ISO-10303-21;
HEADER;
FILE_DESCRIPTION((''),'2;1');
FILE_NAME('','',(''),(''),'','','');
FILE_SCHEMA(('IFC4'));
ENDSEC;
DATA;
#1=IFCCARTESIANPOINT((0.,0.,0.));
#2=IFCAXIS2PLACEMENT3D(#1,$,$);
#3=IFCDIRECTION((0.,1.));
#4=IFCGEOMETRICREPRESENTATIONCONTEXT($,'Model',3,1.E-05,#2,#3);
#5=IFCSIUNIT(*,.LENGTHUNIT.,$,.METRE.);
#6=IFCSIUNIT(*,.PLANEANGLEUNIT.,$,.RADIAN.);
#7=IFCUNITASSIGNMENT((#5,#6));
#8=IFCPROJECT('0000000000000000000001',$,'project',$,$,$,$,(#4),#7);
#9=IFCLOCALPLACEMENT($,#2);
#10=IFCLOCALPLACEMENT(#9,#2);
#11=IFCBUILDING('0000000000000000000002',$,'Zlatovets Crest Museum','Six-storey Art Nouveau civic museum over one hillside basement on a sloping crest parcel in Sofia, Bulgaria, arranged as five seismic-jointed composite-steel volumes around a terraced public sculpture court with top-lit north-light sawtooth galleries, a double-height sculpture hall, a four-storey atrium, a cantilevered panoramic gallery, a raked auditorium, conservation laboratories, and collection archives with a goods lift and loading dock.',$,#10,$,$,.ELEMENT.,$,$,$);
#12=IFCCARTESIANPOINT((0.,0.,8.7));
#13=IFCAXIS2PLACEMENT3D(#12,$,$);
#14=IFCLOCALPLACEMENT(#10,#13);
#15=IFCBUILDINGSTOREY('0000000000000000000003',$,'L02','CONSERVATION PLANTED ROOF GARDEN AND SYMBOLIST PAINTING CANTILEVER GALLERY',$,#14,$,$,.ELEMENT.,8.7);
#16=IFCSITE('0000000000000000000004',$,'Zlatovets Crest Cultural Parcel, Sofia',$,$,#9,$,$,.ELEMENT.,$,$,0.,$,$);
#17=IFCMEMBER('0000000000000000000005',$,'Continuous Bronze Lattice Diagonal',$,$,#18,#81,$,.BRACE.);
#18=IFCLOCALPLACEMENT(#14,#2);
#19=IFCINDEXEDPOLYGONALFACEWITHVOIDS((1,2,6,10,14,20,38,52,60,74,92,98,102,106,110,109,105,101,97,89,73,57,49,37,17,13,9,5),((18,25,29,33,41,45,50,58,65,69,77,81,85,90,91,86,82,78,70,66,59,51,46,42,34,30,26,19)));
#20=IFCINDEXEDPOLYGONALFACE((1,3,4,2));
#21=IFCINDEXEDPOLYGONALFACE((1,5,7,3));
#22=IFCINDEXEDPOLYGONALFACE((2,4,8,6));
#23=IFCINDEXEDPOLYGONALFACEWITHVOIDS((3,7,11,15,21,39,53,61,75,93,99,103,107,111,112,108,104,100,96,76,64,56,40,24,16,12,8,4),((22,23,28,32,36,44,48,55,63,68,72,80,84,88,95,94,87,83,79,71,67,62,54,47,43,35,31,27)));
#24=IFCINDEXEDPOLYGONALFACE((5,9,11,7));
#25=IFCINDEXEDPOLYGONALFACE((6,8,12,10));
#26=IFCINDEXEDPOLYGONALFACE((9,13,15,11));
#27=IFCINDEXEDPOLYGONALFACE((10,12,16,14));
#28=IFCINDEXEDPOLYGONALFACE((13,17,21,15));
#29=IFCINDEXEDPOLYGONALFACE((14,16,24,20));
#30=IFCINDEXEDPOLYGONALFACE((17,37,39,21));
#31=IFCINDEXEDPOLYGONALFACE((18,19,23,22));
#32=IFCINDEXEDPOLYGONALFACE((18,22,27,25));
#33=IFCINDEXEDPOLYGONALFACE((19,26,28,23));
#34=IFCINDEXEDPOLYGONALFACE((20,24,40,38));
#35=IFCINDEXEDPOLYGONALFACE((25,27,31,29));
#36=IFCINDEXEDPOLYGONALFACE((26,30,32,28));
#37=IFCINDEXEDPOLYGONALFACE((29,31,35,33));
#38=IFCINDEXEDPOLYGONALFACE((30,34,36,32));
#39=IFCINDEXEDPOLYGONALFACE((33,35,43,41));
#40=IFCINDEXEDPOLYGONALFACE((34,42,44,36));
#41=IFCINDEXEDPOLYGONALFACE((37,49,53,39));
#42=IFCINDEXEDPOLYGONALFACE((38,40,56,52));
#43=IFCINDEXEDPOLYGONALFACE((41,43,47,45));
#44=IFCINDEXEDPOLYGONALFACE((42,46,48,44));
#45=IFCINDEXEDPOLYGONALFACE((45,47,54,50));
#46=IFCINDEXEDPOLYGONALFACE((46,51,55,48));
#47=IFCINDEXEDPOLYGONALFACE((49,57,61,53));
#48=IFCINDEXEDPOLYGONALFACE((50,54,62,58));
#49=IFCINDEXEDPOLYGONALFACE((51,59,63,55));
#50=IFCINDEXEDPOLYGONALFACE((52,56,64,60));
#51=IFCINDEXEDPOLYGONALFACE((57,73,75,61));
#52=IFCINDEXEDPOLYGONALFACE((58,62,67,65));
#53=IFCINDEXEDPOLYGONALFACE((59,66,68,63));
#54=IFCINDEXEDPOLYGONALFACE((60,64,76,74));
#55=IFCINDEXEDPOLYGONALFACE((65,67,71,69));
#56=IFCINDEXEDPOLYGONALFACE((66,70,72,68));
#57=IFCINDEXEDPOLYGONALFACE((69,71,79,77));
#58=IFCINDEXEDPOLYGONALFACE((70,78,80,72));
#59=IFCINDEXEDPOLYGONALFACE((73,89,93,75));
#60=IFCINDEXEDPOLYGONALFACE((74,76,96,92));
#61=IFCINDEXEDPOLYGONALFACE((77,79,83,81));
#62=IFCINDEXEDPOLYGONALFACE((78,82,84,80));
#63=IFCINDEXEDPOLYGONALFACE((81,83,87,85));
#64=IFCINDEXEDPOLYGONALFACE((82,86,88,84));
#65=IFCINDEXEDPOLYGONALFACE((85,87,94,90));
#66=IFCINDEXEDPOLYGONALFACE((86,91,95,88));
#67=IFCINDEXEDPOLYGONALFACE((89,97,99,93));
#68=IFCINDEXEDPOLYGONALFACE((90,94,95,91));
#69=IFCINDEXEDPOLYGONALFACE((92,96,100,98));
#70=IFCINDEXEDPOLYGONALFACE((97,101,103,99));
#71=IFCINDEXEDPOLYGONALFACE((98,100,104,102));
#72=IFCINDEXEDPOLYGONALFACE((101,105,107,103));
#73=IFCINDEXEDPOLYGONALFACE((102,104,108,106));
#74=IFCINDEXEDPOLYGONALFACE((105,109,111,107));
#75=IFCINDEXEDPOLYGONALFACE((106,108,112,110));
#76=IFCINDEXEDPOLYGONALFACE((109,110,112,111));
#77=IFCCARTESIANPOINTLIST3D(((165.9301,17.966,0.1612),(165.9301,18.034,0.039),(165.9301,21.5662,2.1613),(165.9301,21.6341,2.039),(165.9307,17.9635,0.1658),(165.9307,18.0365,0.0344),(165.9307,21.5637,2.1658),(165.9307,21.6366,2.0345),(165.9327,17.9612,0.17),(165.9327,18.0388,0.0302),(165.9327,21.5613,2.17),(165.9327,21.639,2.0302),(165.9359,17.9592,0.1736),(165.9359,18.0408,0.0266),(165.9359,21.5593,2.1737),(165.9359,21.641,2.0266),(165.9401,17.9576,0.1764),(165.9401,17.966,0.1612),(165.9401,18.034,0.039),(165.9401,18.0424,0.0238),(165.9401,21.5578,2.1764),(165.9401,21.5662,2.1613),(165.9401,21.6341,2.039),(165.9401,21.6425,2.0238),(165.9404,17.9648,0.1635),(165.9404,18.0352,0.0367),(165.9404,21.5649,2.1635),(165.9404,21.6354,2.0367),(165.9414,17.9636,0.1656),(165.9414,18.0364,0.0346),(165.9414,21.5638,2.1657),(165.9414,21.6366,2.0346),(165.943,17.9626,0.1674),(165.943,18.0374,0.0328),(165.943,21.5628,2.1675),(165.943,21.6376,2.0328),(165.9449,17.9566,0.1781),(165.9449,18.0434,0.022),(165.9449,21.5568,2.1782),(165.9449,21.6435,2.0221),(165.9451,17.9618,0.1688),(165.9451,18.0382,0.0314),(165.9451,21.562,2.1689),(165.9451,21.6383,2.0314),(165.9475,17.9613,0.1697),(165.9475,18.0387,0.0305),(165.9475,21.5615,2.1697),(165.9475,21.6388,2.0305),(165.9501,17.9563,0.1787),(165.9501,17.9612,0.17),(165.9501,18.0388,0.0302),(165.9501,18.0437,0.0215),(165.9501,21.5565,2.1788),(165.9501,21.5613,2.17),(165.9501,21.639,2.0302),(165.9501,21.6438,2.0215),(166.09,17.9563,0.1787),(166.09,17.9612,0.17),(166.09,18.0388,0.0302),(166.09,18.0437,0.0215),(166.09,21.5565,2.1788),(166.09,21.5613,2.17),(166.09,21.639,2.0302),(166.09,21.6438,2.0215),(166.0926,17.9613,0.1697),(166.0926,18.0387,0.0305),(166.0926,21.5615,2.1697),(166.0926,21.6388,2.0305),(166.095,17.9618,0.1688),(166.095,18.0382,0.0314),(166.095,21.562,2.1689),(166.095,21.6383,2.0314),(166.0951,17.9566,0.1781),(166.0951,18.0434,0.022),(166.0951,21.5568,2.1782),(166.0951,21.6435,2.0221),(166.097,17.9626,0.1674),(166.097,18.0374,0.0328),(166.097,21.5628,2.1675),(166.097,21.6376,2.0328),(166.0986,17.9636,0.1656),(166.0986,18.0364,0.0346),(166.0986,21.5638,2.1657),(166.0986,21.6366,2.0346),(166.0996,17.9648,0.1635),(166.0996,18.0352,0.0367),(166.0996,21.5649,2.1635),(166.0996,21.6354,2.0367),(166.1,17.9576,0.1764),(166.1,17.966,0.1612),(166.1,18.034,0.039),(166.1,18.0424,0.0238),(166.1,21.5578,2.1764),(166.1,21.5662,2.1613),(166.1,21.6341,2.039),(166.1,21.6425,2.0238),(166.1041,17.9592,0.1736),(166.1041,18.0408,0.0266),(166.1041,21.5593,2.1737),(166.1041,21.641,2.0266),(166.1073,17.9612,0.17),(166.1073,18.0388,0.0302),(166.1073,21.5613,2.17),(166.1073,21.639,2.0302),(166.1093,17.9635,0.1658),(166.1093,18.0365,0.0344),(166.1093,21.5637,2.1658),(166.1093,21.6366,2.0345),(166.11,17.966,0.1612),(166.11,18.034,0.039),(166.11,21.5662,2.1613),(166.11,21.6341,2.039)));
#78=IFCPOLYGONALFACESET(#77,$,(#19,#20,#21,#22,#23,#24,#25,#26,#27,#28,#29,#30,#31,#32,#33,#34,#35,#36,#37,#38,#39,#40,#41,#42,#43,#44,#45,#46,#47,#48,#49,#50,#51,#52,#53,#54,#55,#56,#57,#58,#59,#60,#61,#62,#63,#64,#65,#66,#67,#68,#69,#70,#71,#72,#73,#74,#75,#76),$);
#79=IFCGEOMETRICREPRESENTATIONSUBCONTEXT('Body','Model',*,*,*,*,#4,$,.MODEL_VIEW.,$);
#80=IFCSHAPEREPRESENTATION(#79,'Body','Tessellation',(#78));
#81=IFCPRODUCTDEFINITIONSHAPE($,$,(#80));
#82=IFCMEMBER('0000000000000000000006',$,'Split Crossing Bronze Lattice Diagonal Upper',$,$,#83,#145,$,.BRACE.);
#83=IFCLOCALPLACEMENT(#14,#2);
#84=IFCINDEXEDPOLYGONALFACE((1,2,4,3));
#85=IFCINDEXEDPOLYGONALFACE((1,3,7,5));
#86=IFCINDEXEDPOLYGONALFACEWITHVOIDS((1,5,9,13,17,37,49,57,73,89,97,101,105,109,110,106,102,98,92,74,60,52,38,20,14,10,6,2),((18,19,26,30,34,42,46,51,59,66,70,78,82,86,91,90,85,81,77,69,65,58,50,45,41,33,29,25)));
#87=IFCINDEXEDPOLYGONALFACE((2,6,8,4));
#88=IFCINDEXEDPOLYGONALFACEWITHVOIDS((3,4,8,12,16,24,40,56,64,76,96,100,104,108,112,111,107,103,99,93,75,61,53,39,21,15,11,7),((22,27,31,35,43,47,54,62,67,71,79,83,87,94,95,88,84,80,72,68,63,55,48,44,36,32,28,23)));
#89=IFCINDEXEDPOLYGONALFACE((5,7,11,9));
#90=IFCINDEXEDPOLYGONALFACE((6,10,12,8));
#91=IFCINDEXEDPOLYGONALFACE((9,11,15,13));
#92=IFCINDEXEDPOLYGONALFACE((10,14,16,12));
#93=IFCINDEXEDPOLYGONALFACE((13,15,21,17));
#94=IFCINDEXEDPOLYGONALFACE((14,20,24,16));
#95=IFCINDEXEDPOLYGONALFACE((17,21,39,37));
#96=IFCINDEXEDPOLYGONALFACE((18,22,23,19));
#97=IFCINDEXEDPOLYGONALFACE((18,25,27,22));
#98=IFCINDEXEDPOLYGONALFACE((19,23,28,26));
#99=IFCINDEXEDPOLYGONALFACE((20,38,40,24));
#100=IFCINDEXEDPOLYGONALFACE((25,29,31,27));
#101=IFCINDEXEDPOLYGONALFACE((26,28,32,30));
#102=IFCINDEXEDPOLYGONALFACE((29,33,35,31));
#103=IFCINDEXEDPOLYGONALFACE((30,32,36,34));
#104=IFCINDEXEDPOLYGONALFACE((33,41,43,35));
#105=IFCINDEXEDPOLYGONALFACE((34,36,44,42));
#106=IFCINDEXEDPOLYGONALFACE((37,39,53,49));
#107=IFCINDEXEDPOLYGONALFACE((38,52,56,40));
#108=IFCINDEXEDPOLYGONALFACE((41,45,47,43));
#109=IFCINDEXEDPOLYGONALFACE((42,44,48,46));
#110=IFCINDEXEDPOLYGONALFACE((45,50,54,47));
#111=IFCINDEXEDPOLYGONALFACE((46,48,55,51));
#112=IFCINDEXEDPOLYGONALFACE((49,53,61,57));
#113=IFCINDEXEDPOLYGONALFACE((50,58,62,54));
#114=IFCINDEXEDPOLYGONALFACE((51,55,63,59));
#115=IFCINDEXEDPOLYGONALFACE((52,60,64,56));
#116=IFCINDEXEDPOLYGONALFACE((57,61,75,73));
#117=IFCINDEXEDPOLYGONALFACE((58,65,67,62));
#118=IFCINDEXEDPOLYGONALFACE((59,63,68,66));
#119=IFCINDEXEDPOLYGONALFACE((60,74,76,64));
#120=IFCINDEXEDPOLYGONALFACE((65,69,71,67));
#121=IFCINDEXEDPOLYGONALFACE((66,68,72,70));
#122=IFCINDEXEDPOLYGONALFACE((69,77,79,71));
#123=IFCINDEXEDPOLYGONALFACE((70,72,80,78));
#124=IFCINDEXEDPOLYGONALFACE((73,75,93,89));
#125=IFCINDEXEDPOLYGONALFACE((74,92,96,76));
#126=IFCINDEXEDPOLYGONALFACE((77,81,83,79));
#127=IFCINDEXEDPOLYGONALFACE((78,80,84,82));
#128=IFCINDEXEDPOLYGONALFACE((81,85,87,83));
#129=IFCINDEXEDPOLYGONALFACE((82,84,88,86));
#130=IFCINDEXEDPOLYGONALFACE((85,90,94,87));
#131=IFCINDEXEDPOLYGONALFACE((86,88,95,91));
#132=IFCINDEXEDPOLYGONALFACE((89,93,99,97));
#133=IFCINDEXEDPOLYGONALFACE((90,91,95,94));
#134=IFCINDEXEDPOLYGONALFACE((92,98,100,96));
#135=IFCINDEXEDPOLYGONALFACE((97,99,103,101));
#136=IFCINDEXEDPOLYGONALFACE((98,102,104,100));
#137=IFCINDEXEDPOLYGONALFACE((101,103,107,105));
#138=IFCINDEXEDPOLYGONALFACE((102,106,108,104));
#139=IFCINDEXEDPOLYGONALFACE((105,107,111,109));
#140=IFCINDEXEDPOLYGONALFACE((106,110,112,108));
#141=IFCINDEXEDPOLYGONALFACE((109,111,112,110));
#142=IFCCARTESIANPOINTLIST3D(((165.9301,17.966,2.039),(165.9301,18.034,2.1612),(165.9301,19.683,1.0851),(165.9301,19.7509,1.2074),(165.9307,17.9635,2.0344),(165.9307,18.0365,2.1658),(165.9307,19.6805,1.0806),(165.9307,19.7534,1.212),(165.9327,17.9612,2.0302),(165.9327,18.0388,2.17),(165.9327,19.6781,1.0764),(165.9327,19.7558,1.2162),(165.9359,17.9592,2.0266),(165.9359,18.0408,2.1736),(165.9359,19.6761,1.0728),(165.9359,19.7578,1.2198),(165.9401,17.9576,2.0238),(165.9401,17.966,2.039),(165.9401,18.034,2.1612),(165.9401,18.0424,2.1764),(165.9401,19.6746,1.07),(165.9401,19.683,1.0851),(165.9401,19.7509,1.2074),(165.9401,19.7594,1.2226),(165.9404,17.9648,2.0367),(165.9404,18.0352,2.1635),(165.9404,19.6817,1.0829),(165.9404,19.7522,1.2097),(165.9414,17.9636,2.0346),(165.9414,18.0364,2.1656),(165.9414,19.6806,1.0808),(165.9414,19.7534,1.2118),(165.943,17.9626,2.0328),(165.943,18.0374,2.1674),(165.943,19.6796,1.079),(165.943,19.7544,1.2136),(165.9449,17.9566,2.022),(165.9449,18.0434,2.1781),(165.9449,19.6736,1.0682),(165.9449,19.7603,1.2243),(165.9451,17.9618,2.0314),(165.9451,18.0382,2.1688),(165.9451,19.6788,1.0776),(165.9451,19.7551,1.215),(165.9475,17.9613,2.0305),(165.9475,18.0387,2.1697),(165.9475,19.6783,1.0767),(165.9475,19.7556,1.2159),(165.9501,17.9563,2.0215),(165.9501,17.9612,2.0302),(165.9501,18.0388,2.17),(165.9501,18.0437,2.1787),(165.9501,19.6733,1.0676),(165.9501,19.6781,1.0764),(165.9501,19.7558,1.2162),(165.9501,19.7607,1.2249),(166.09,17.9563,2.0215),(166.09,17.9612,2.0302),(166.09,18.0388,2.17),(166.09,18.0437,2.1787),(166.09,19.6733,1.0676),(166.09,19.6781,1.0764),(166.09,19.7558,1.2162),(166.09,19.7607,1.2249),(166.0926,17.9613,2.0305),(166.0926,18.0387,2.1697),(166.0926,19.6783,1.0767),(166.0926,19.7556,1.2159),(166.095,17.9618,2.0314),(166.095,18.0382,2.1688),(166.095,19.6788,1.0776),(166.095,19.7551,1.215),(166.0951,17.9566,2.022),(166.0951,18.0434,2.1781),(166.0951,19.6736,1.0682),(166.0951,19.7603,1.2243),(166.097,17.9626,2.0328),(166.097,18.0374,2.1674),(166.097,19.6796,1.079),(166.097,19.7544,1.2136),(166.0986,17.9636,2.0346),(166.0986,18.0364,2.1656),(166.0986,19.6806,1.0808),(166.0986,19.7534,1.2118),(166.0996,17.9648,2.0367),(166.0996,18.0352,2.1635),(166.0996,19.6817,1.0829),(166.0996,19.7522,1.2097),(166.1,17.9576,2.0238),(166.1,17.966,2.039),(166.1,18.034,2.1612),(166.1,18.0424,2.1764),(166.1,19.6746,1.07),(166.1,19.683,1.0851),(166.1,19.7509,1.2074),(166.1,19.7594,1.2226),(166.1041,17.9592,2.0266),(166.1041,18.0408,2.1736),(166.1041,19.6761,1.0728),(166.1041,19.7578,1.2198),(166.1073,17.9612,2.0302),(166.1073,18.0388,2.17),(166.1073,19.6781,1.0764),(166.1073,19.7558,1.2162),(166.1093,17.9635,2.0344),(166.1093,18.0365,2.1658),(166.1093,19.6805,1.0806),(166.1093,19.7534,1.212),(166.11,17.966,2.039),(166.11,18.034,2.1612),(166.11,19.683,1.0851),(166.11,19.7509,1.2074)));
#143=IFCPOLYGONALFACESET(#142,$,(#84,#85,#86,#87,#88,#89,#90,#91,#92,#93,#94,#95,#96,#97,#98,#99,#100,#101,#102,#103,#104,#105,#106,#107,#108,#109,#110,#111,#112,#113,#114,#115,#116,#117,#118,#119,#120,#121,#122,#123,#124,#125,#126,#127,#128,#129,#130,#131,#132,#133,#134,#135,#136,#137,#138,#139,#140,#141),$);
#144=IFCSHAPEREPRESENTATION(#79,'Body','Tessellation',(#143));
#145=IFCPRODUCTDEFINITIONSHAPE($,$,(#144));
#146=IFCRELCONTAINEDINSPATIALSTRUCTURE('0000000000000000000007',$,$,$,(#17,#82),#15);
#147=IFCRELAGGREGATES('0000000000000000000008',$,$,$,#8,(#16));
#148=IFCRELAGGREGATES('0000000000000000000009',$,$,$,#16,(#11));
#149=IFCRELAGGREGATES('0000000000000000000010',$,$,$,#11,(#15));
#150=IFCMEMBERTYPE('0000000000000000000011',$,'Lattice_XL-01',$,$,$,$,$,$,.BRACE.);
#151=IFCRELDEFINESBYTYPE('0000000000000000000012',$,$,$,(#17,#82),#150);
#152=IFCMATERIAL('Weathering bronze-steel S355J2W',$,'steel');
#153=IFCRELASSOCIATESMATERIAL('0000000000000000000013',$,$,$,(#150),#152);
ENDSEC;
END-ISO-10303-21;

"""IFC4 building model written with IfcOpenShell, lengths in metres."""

from ifc_helpers import new_model, si_unit, direction, frame, origin, origin_2d, place, context, subcontext, project, spatial, hollow_rectangle, extrude, material, material_profile, profile_set, type_object, element, save


model = new_model("IFC4")

# Units and contexts
model_context = context("Model", 3, precision=1e-05, world=origin(), true_north=direction((0.0, 1.0)))
body_context = subcontext(model_context, "Body", "Model", "MODEL_VIEW")
ifc_project = project(units=[si_unit("LENGTHUNIT", "METRE"), si_unit("PLANEANGLEUNIT", "RADIAN")], contexts=[model_context])

# Site, building, storey
site_placement = place(None, origin())
site = spatial("IfcSite", under=ifc_project, at=site_placement, Name="Zlatovets Crest Cultural Parcel, Sofia", CompositionType="ELEMENT", RefElevation=0.0)
building_placement = place(site_placement, origin())
building = spatial("IfcBuilding", under=site, at=building_placement, Name="Zlatovets Crest Museum", Description="Six-storey Art Nouveau civic museum over one hillside basement on a sloping crest parcel in Sofia, Bulgaria, arranged as five seismic-jointed composite-steel volumes around a terraced public sculpture court with top-lit north-light sawtooth galleries, a double-height sculpture hall, a four-storey atrium, a cantilevered panoramic gallery, a raked auditorium, conservation laboratories, and collection archives with a goods lift and loading dock.", CompositionType="ELEMENT")
storey_placement = place(building_placement, frame((0.0, 0.0, 8.7)))
storey = spatial("IfcBuildingStorey", under=building, at=storey_placement, Name="L02", Description="CONSERVATION PLANTED ROOF GARDEN AND SYMBOLIST PAINTING CANTILEVER GALLERY", CompositionType="ELEMENT", Elevation=8.7)

# Members
ifc_material_1 = material(Name="Weathering bronze-steel S355J2W", Category="steel")
ifc_material_profile_1 = material_profile(ifc_material_1, hollow_rectangle(XDim=0.1799, YDim=0.1799, WallThickness=0.01, InnerFilletRadius=0.01, OuterFilletRadius=0.02, at=origin_2d()), Name="SHS 180x180x10.0")
ifc_profile_set_1 = profile_set([ifc_material_profile_1], Name="Weathering bronze-steel S355J2W")
member_type_1 = type_object("IfcMemberType", Name="Lattice_XL-01", PredefinedType="BRACE", material=ifc_profile_set_1)
member_1_placement = place(storey_placement, frame((166.02, 18.0, 0.1001), z_axis=(0.0, 0.874163, 0.485633), x_axis=(-1.0, 0.0, 0.0)))
element("IfcMember", 1, at=member_1_placement, inside=storey, type_object=member_type_1, Name="Continuous Bronze Lattice Diagonal", PredefinedType="BRACE", context=body_context, shape_type="SweptSolid", body=[
    extrude(hollow_rectangle(XDim=0.1799, YDim=0.1799, WallThickness=0.01, InnerFilletRadius=0.01, OuterFilletRadius=0.02, at=origin_2d()), origin(), (0.0, 0.0, 1.0), 4.1184),
])
member_2_placement = place(storey_placement, frame((166.02, 18.0, 2.1001), z_axis=(0.0, 0.874169, -0.485622), x_axis=(-1.0, 0.0, 0.0)))
element("IfcMember", 2, at=member_2_placement, inside=storey, type_object=member_type_1, Name="Split Crossing Bronze Lattice Diagonal Upper", PredefinedType="BRACE", context=body_context, shape_type="SweptSolid", body=[
    extrude(hollow_rectangle(XDim=0.1799, YDim=0.1799, WallThickness=0.01, InnerFilletRadius=0.01, OuterFilletRadius=0.02, at=origin_2d()), origin(), (0.0, 0.0, 1.0), 1.9641),
])

save(model, "model.ifc")
